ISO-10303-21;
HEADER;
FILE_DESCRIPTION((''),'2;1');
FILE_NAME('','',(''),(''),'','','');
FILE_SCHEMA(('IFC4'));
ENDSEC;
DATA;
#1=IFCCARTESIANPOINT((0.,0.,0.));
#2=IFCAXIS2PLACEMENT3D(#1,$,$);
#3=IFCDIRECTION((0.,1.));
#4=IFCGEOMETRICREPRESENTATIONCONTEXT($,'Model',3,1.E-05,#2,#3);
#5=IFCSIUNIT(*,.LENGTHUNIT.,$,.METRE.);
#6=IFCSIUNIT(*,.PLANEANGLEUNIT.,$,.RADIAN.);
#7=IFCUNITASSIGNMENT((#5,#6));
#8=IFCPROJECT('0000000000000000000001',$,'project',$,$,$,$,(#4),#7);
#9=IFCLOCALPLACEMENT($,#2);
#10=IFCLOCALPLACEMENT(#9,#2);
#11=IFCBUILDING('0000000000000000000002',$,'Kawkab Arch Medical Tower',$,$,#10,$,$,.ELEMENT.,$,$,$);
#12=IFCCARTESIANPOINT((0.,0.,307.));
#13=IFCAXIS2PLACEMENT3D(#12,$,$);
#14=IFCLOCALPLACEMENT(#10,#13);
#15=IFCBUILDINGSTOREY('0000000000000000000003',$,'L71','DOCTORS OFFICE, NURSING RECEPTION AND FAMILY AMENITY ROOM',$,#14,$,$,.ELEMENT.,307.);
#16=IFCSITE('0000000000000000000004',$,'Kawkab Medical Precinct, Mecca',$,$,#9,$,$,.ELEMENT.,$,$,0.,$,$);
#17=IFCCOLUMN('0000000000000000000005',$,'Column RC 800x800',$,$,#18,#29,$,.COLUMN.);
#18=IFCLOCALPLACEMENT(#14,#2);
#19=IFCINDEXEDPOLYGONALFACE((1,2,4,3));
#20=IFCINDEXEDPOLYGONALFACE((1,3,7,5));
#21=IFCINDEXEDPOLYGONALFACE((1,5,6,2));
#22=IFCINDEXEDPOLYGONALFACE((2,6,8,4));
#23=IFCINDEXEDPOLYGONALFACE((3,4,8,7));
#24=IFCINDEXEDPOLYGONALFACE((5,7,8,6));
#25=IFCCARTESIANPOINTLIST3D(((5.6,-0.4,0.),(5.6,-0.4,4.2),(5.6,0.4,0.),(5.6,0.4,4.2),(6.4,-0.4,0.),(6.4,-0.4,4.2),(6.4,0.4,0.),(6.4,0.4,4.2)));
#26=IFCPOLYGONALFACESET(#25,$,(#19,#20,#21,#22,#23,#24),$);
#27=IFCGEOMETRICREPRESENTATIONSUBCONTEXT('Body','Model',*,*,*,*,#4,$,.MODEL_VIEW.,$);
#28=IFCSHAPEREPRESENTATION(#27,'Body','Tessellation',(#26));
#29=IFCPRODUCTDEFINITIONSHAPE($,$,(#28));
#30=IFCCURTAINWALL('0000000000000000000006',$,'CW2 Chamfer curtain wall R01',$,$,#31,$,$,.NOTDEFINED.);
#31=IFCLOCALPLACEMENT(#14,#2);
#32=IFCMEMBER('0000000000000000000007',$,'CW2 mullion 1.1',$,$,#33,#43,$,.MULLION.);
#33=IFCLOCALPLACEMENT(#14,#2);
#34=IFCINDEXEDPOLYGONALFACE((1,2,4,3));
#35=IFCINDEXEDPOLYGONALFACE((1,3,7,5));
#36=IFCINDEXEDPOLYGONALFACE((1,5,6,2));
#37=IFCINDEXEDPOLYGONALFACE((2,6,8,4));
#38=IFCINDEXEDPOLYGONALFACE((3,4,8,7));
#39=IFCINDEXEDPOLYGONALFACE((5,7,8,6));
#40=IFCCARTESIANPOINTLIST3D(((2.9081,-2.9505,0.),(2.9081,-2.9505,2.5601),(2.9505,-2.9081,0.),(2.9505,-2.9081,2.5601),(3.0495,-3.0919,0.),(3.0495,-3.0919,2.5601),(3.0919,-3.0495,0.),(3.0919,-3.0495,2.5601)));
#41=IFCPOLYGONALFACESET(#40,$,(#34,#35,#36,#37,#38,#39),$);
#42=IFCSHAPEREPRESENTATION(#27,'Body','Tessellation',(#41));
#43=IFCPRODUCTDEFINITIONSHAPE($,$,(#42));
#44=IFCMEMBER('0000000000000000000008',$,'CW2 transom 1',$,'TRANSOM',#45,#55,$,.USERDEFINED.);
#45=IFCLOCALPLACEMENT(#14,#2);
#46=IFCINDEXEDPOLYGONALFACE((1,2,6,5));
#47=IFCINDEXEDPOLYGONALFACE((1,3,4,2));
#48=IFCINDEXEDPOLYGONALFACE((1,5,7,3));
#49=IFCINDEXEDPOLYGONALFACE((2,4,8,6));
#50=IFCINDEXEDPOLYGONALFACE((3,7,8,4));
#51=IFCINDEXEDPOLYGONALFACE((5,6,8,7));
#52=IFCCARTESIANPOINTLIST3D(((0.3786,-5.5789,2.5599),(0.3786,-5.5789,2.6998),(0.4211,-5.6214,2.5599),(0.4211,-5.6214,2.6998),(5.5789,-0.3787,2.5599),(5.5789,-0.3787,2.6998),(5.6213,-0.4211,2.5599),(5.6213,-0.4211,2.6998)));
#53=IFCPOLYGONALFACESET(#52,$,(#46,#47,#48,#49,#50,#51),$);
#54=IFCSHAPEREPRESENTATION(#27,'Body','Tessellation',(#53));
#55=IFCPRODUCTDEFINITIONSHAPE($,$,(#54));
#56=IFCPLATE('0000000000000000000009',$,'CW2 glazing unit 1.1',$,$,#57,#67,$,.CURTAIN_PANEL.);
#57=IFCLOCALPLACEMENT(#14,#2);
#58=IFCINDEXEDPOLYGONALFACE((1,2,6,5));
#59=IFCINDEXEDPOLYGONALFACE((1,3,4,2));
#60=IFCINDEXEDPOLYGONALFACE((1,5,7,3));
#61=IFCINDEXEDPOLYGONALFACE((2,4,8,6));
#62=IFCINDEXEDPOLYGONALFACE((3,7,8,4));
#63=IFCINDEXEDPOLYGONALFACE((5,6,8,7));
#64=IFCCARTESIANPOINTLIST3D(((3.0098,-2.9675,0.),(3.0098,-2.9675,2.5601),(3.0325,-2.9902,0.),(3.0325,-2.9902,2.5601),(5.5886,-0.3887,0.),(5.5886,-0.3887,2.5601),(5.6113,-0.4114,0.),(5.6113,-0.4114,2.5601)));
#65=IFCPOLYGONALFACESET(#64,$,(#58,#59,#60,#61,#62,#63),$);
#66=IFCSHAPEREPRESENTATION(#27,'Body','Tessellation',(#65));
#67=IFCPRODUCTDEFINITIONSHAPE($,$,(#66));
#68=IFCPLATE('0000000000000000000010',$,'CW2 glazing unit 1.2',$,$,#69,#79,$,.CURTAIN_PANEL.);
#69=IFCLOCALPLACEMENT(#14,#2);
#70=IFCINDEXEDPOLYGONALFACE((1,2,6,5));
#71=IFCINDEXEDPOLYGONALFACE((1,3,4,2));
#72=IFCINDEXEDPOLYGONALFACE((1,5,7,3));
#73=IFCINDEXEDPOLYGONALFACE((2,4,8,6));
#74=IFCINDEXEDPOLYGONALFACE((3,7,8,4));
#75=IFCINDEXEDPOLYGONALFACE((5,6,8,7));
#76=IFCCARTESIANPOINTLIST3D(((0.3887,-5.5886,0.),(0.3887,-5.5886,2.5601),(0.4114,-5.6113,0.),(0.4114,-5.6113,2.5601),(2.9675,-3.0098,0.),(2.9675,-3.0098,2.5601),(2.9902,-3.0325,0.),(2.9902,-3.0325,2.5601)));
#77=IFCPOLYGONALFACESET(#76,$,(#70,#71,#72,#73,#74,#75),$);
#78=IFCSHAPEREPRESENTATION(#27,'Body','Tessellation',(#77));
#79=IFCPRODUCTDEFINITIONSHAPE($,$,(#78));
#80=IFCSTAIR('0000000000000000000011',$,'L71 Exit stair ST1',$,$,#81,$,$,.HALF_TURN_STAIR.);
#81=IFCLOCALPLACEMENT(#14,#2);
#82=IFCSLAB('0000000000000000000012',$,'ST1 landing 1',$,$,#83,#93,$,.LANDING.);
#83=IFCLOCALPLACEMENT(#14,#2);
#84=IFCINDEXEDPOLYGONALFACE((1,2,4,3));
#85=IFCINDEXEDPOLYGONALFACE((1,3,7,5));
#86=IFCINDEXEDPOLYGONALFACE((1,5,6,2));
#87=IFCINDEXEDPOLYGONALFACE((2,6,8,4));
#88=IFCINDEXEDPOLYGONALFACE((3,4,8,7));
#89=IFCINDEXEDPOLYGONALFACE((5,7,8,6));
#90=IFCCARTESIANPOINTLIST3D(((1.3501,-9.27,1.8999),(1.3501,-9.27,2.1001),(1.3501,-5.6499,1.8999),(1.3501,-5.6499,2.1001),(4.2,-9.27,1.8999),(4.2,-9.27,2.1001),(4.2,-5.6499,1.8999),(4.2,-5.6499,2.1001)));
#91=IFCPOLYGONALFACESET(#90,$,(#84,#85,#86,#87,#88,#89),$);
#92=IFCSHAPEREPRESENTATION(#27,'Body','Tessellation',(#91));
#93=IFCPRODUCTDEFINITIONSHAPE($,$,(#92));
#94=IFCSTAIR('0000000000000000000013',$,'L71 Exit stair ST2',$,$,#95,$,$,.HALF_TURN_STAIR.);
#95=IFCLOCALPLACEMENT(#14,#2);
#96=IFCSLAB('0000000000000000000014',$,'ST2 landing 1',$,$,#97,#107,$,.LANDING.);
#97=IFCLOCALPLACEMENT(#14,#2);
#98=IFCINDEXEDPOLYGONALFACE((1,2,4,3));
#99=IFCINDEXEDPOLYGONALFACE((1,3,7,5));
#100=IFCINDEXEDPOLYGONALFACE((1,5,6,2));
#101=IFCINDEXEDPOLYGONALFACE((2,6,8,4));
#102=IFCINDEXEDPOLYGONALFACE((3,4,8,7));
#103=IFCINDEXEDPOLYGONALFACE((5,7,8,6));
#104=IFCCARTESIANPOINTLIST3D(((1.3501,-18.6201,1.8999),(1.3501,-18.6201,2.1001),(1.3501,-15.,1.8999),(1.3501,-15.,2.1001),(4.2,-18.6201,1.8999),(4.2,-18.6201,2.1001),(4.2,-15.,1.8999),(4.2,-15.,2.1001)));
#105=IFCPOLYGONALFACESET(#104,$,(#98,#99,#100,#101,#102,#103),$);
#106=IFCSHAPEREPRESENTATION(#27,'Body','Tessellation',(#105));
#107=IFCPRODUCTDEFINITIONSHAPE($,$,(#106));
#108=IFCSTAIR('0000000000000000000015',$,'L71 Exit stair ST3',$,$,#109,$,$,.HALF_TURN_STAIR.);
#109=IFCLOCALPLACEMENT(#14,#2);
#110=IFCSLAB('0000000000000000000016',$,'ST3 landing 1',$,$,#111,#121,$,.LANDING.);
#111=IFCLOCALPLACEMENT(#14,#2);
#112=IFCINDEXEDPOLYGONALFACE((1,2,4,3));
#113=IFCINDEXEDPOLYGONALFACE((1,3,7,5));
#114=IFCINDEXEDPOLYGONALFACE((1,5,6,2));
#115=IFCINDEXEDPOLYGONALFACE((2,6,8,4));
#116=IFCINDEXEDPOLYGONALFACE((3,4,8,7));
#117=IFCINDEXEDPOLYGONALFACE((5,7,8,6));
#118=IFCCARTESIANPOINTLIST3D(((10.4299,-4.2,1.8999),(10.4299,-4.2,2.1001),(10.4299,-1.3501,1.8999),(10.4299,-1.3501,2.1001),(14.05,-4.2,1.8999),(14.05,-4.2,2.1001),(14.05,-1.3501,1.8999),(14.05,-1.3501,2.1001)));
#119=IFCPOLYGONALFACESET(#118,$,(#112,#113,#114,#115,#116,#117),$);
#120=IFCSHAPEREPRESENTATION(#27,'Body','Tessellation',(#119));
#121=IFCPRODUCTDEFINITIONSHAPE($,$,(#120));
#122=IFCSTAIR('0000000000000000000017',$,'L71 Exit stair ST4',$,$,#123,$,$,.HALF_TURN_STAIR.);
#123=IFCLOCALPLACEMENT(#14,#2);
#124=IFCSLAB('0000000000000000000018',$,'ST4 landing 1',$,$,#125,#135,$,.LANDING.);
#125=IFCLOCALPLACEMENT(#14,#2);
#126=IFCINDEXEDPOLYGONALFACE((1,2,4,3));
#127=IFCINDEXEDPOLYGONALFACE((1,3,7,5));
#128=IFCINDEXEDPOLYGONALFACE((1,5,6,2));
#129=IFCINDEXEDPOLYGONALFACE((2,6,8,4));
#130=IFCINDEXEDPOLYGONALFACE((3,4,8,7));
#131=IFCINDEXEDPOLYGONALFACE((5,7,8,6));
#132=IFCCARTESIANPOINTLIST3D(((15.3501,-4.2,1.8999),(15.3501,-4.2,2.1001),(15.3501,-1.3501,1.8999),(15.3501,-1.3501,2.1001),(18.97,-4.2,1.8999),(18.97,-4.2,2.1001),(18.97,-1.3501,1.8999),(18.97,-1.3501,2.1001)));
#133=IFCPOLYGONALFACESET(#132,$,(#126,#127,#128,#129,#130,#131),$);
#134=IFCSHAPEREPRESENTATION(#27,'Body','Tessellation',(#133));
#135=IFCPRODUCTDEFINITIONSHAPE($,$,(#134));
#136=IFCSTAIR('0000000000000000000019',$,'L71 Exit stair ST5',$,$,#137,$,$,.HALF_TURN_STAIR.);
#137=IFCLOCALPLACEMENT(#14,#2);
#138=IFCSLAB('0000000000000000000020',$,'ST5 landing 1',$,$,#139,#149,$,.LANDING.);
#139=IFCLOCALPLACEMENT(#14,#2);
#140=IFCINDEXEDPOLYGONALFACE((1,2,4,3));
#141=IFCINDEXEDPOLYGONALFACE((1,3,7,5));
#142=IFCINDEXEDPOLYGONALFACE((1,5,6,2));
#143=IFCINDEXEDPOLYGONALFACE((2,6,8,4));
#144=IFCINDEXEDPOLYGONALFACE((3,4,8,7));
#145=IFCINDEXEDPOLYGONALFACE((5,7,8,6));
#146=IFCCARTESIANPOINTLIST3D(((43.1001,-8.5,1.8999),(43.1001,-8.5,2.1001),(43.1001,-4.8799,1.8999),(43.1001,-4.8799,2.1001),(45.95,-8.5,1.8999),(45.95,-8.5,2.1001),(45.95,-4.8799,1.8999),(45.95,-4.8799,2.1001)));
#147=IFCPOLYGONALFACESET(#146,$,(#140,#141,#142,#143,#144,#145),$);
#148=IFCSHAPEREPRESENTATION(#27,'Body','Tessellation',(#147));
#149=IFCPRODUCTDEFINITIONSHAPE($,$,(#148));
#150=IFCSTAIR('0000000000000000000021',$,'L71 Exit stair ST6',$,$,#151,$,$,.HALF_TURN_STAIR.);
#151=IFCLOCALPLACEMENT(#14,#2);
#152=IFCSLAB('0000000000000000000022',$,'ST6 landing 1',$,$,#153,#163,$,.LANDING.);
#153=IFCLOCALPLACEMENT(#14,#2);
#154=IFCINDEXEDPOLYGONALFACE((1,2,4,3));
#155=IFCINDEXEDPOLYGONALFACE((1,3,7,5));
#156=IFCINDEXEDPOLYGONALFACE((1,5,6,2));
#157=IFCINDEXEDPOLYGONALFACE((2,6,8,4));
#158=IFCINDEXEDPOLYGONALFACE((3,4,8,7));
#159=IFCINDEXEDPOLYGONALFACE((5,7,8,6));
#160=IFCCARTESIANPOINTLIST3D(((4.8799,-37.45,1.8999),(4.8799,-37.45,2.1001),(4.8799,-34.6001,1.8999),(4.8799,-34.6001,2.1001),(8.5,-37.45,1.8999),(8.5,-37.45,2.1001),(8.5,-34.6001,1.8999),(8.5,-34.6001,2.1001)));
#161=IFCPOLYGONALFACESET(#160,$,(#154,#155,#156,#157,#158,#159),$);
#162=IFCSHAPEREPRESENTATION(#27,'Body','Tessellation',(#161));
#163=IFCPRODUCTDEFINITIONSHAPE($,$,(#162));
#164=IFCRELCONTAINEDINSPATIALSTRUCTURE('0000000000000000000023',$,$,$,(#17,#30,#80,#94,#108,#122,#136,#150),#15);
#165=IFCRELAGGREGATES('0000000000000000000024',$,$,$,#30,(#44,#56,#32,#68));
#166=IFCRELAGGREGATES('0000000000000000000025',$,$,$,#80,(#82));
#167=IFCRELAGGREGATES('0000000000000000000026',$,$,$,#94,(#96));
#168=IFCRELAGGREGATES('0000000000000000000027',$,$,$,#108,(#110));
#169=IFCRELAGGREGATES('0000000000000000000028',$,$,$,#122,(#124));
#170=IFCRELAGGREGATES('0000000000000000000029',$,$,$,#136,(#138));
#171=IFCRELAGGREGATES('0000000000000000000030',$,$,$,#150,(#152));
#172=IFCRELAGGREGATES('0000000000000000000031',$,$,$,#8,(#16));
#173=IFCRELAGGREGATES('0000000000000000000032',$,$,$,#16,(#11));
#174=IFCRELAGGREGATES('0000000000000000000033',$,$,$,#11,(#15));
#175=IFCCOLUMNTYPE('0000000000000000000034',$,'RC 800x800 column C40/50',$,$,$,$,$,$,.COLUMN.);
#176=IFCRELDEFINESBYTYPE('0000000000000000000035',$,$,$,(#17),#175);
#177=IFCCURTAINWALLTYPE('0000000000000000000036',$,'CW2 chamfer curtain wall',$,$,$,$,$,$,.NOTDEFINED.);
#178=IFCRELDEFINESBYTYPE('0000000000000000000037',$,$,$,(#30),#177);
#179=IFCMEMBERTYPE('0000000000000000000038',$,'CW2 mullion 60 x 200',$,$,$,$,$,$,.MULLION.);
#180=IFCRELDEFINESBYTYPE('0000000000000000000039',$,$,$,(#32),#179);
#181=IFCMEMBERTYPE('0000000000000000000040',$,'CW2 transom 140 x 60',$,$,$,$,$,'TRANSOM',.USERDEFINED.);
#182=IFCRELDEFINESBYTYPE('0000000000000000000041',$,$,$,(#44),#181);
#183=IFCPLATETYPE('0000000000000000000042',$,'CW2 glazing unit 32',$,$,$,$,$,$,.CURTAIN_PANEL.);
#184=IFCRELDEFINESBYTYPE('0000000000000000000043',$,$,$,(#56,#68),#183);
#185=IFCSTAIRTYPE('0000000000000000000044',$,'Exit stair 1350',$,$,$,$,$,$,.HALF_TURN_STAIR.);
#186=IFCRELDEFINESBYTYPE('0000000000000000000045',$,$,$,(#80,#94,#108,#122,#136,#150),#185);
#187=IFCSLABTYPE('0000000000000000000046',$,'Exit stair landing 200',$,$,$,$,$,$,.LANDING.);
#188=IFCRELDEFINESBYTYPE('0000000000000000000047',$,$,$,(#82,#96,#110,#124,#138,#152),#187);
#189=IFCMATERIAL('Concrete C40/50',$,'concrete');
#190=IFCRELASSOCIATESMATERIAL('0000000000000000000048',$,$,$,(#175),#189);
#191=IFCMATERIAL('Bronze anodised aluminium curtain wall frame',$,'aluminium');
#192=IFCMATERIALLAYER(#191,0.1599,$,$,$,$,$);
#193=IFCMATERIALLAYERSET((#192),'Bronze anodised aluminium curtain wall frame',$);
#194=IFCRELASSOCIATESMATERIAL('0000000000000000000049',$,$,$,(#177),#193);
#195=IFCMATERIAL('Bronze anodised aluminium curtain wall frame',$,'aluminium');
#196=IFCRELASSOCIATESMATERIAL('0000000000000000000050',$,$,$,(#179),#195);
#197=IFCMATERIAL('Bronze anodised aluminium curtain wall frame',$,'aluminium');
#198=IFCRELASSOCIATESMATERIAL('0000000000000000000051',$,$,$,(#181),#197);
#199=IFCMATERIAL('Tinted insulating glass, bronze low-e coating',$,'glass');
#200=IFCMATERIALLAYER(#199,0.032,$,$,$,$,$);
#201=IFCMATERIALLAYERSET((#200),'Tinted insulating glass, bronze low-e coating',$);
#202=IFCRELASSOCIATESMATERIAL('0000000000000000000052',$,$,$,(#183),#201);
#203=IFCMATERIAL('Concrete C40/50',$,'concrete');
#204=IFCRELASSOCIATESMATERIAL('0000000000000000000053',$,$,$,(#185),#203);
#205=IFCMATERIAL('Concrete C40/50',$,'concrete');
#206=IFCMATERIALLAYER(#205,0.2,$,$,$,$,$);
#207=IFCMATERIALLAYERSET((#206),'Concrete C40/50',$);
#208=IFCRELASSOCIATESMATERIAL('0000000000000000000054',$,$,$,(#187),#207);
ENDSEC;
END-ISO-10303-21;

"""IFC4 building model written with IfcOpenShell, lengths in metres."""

from ifc_helpers import new_model, si_unit, direction, frame, origin, origin_2d, place, context, subcontext, project, spatial, polyline, rectangle, outline, extrude, material, layer, layer_set, material_profile, profile_set, type_object, element, aggregate, save


model = new_model("IFC4")

# Units and contexts
model_context = context("Model", 3, precision=1e-05, world=origin(), true_north=direction((0.0, 1.0)))
body_context = subcontext(model_context, "Body", "Model", "MODEL_VIEW")
ifc_project = project(units=[si_unit("LENGTHUNIT", "METRE"), si_unit("PLANEANGLEUNIT", "RADIAN")], contexts=[model_context])

# Site, building, storey
site_placement = place(None, origin())
site = spatial("IfcSite", under=ifc_project, at=site_placement, Name="Kawkab Medical Precinct, Mecca", CompositionType="ELEMENT", RefElevation=0.0)
building_placement = place(site_placement, origin())
building = spatial("IfcBuilding", under=site, at=building_placement, Name="Kawkab Arch Medical Tower", CompositionType="ELEMENT")
storey_placement = place(building_placement, frame((0.0, 0.0, 307.0)))
storey = spatial("IfcBuildingStorey", under=building, at=storey_placement, Name="L71", Description="DOCTORS OFFICE, NURSING RECEPTION AND FAMILY AMENITY ROOM", CompositionType="ELEMENT", Elevation=307.0)

# Column
ifc_material_1 = material(Name="Concrete C40/50", Category="concrete")
ifc_material_profile_1 = material_profile(ifc_material_1, rectangle(XDim=0.8, YDim=0.8, at=origin_2d()), Name="RC 800x800")
ifc_profile_set_1 = profile_set([ifc_material_profile_1], Name="Concrete C40/50")
column_type = type_object("IfcColumnType", Name="RC 800x800 column C40/50", PredefinedType="COLUMN", material=ifc_profile_set_1)
column_placement = place(storey_placement, frame((6.0, 0.0, 0.0), z_axis=(0.0, 0.0, 1.0), x_axis=(1.0, 0.0, 0.0)))
element("IfcColumn", 1, at=column_placement, inside=storey, type_object=column_type, Name="Column RC 800x800", PredefinedType="COLUMN", context=body_context, shape_type="SweptSolid", body=[
    extrude(rectangle(XDim=0.8, YDim=0.8, at=origin_2d()), origin(), (0.0, 0.0, 1.0), 4.2),
])

# Curtain wall, members, plates
ifc_material_2 = material(Name="Bronze anodised aluminium curtain wall frame", Category="aluminium")
ifc_layer_1 = layer(ifc_material_2, 0.1599)
ifc_layer_set_1 = layer_set([ifc_layer_1], Name="Bronze anodised aluminium curtain wall frame")
curtain_wall_type = type_object("IfcCurtainWallType", Name="CW2 chamfer curtain wall", PredefinedType="NOTDEFINED", material=ifc_layer_set_1)
placement_1 = place(storey_placement, origin())
curtain_wall = element("IfcCurtainWall", 2, at=placement_1, inside=storey, type_object=curtain_wall_type, Name="CW2 Chamfer curtain wall R01", PredefinedType="NOTDEFINED")
ifc_material_3 = material(Name="Bronze anodised aluminium curtain wall frame", Category="aluminium")
ifc_material_profile_2 = material_profile(ifc_material_3, rectangle(XDim=0.2, YDim=0.0601, at=origin_2d()), Name="AL 60x200")
ifc_profile_set_2 = profile_set([ifc_material_profile_2], Name="Bronze anodised aluminium curtain wall frame")
member_type_1 = type_object("IfcMemberType", Name="CW2 mullion 60 x 200", PredefinedType="MULLION", material=ifc_profile_set_2)
member_1_placement = place(storey_placement, frame((3.0, -3.0, 0.0), z_axis=(0.0, 0.0, 1.0), x_axis=(0.707107, -0.707107, 0.0)))
member_1 = element("IfcMember", 3, at=member_1_placement, type_object=member_type_1, Name="CW2 mullion 1.1", PredefinedType="MULLION", context=body_context, shape_type="SweptSolid", body=[
    extrude(rectangle(XDim=0.2, YDim=0.0601, at=origin_2d()), origin(), (0.0, 0.0, 1.0), 2.5601),
])
ifc_material_4 = material(Name="Bronze anodised aluminium curtain wall frame", Category="aluminium")
ifc_material_profile_3 = material_profile(ifc_material_4, rectangle(XDim=0.0601, YDim=0.1399, at=origin_2d()), Name="AL 60x140")
ifc_profile_set_3 = profile_set([ifc_material_profile_3], Name="Bronze anodised aluminium curtain wall frame")
member_type_2 = type_object("IfcMemberType", Name="CW2 transom 140 x 60", ElementType="TRANSOM", PredefinedType="USERDEFINED", material=ifc_profile_set_3)
member_2_placement = place(storey_placement, frame((5.6001, -0.3999, 2.6299), z_axis=(-0.707107, -0.707107, 0.0), x_axis=(0.707107, -0.707107, 0.0)))
member_2 = element("IfcMember", 4, at=member_2_placement, type_object=member_type_2, Name="CW2 transom 1", ObjectType="TRANSOM", PredefinedType="USERDEFINED", context=body_context, shape_type="SweptSolid", body=[
    extrude(rectangle(XDim=0.0601, YDim=0.1399, at=origin_2d()), origin(), (0.0, 0.0, 1.0), 7.3542),
])
ifc_material_5 = material(Name="Tinted insulating glass, bronze low-e coating", Category="glass")
ifc_layer_2 = layer(ifc_material_5, 0.032)
ifc_layer_set_2 = layer_set([ifc_layer_2], Name="Tinted insulating glass, bronze low-e coating")
plate_type = type_object("IfcPlateType", Name="CW2 glazing unit 32", PredefinedType="CURTAIN_PANEL", material=ifc_layer_set_2)
plate_1_placement = place(storey_placement, frame((4.3105, -1.6895, 0.0), z_axis=(0.0, 0.0, 1.0), x_axis=(-0.707107, -0.707107, 0.0)))
plate_1 = element("IfcPlate", 5, at=plate_1_placement, type_object=plate_type, Name="CW2 glazing unit 1.1", PredefinedType="CURTAIN_PANEL", context=body_context, shape_type="SweptSolid", body=[
    extrude(rectangle(XDim=3.647, YDim=0.032, at=origin_2d()), origin(), (0.0, 0.0, 1.0), 2.5601),
])
plate_2_placement = place(storey_placement, frame((1.6895, -4.3105, 0.0), z_axis=(0.0, 0.0, 1.0), x_axis=(-0.707107, -0.707107, 0.0)))
plate_2 = element("IfcPlate", 6, at=plate_2_placement, type_object=plate_type, Name="CW2 glazing unit 1.2", PredefinedType="CURTAIN_PANEL", context=body_context, shape_type="SweptSolid", body=[
    extrude(rectangle(XDim=3.647, YDim=0.032, at=origin_2d()), origin(), (0.0, 0.0, 1.0), 2.5601),
])
aggregate(curtain_wall, [member_2, plate_1, member_1, plate_2])

# Stairs, slabs
ifc_material_6 = material(Name="Concrete C40/50", Category="concrete")
stair_type = type_object("IfcStairType", Name="Exit stair 1350", PredefinedType="HALF_TURN_STAIR", material=ifc_material_6)
stair_1 = element("IfcStair", 7, at=placement_1, inside=storey, type_object=stair_type, Name="L71 Exit stair ST1", PredefinedType="HALF_TURN_STAIR")
ifc_material_7 = material(Name="Concrete C40/50", Category="concrete")
ifc_layer_3 = layer(ifc_material_7, 0.2)
ifc_layer_set_3 = layer_set([ifc_layer_3], Name="Concrete C40/50")
slab_type_1 = type_object("IfcSlabType", Name="Exit stair landing 200", PredefinedType="LANDING", material=ifc_layer_set_3)
placement_2 = place(storey_placement, frame((0.0, 0.0, 1.8999)))
slab_1 = element("IfcSlab", 8, at=placement_2, type_object=slab_type_1, Name="ST1 landing 1", PredefinedType="LANDING", context=body_context, shape_type="SweptSolid", body=[
    extrude(outline(polyline([(4.2, -9.27), (4.2, -5.6499), (1.3501, -5.6499), (1.3501, -9.27), (4.2, -9.27)])), origin(), (0.0, 0.0, 1.0), 0.2002),
])
aggregate(stair_1, [slab_1])
stair_2 = element("IfcStair", 9, at=placement_1, inside=storey, type_object=stair_type, Name="L71 Exit stair ST2", PredefinedType="HALF_TURN_STAIR")
slab_2 = element("IfcSlab", 10, at=placement_2, type_object=slab_type_1, Name="ST2 landing 1", PredefinedType="LANDING", context=body_context, shape_type="SweptSolid", body=[
    extrude(outline(polyline([(4.2, -18.6201), (4.2, -15.0), (1.3501, -15.0), (1.3501, -18.6201), (4.2, -18.6201)])), origin(), (0.0, 0.0, 1.0), 0.2002),
])
aggregate(stair_2, [slab_2])
stair_3 = element("IfcStair", 11, at=placement_1, inside=storey, type_object=stair_type, Name="L71 Exit stair ST3", PredefinedType="HALF_TURN_STAIR")
slab_3 = element("IfcSlab", 12, at=placement_2, type_object=slab_type_1, Name="ST3 landing 1", PredefinedType="LANDING", context=body_context, shape_type="SweptSolid", body=[
    extrude(outline(polyline([(10.4299, -4.2), (14.05, -4.2), (14.05, -1.3501), (10.4299, -1.3501), (10.4299, -4.2)])), origin(), (0.0, 0.0, 1.0), 0.2002),
])
aggregate(stair_3, [slab_3])
stair_4 = element("IfcStair", 13, at=placement_1, inside=storey, type_object=stair_type, Name="L71 Exit stair ST4", PredefinedType="HALF_TURN_STAIR")
slab_4 = element("IfcSlab", 14, at=placement_2, type_object=slab_type_1, Name="ST4 landing 1", PredefinedType="LANDING", context=body_context, shape_type="SweptSolid", body=[
    extrude(outline(polyline([(18.97, -1.3501), (15.3501, -1.3501), (15.3501, -4.2), (18.97, -4.2), (18.97, -1.3501)])), origin(), (0.0, 0.0, 1.0), 0.2002),
])
aggregate(stair_4, [slab_4])
stair_5 = element("IfcStair", 15, at=placement_1, inside=storey, type_object=stair_type, Name="L71 Exit stair ST5", PredefinedType="HALF_TURN_STAIR")
slab_5 = element("IfcSlab", 16, at=placement_2, type_object=slab_type_1, Name="ST5 landing 1", PredefinedType="LANDING", context=body_context, shape_type="SweptSolid", body=[
    extrude(outline(polyline([(43.1001, -4.8799), (43.1001, -8.5), (45.95, -8.5), (45.95, -4.8799), (43.1001, -4.8799)])), origin(), (0.0, 0.0, 1.0), 0.2002),
])
aggregate(stair_5, [slab_5])
stair_6 = element("IfcStair", 17, at=placement_1, inside=storey, type_object=stair_type, Name="L71 Exit stair ST6", PredefinedType="HALF_TURN_STAIR")
slab_6 = element("IfcSlab", 18, at=placement_2, type_object=slab_type_1, Name="ST6 landing 1", PredefinedType="LANDING", context=body_context, shape_type="SweptSolid", body=[
    extrude(outline(polyline([(4.8799, -37.45), (8.5, -37.45), (8.5, -34.6001), (4.8799, -34.6001), (4.8799, -37.45)])), origin(), (0.0, 0.0, 1.0), 0.2002),
])
aggregate(stair_6, [slab_6])

save(model, "model.ifc")
